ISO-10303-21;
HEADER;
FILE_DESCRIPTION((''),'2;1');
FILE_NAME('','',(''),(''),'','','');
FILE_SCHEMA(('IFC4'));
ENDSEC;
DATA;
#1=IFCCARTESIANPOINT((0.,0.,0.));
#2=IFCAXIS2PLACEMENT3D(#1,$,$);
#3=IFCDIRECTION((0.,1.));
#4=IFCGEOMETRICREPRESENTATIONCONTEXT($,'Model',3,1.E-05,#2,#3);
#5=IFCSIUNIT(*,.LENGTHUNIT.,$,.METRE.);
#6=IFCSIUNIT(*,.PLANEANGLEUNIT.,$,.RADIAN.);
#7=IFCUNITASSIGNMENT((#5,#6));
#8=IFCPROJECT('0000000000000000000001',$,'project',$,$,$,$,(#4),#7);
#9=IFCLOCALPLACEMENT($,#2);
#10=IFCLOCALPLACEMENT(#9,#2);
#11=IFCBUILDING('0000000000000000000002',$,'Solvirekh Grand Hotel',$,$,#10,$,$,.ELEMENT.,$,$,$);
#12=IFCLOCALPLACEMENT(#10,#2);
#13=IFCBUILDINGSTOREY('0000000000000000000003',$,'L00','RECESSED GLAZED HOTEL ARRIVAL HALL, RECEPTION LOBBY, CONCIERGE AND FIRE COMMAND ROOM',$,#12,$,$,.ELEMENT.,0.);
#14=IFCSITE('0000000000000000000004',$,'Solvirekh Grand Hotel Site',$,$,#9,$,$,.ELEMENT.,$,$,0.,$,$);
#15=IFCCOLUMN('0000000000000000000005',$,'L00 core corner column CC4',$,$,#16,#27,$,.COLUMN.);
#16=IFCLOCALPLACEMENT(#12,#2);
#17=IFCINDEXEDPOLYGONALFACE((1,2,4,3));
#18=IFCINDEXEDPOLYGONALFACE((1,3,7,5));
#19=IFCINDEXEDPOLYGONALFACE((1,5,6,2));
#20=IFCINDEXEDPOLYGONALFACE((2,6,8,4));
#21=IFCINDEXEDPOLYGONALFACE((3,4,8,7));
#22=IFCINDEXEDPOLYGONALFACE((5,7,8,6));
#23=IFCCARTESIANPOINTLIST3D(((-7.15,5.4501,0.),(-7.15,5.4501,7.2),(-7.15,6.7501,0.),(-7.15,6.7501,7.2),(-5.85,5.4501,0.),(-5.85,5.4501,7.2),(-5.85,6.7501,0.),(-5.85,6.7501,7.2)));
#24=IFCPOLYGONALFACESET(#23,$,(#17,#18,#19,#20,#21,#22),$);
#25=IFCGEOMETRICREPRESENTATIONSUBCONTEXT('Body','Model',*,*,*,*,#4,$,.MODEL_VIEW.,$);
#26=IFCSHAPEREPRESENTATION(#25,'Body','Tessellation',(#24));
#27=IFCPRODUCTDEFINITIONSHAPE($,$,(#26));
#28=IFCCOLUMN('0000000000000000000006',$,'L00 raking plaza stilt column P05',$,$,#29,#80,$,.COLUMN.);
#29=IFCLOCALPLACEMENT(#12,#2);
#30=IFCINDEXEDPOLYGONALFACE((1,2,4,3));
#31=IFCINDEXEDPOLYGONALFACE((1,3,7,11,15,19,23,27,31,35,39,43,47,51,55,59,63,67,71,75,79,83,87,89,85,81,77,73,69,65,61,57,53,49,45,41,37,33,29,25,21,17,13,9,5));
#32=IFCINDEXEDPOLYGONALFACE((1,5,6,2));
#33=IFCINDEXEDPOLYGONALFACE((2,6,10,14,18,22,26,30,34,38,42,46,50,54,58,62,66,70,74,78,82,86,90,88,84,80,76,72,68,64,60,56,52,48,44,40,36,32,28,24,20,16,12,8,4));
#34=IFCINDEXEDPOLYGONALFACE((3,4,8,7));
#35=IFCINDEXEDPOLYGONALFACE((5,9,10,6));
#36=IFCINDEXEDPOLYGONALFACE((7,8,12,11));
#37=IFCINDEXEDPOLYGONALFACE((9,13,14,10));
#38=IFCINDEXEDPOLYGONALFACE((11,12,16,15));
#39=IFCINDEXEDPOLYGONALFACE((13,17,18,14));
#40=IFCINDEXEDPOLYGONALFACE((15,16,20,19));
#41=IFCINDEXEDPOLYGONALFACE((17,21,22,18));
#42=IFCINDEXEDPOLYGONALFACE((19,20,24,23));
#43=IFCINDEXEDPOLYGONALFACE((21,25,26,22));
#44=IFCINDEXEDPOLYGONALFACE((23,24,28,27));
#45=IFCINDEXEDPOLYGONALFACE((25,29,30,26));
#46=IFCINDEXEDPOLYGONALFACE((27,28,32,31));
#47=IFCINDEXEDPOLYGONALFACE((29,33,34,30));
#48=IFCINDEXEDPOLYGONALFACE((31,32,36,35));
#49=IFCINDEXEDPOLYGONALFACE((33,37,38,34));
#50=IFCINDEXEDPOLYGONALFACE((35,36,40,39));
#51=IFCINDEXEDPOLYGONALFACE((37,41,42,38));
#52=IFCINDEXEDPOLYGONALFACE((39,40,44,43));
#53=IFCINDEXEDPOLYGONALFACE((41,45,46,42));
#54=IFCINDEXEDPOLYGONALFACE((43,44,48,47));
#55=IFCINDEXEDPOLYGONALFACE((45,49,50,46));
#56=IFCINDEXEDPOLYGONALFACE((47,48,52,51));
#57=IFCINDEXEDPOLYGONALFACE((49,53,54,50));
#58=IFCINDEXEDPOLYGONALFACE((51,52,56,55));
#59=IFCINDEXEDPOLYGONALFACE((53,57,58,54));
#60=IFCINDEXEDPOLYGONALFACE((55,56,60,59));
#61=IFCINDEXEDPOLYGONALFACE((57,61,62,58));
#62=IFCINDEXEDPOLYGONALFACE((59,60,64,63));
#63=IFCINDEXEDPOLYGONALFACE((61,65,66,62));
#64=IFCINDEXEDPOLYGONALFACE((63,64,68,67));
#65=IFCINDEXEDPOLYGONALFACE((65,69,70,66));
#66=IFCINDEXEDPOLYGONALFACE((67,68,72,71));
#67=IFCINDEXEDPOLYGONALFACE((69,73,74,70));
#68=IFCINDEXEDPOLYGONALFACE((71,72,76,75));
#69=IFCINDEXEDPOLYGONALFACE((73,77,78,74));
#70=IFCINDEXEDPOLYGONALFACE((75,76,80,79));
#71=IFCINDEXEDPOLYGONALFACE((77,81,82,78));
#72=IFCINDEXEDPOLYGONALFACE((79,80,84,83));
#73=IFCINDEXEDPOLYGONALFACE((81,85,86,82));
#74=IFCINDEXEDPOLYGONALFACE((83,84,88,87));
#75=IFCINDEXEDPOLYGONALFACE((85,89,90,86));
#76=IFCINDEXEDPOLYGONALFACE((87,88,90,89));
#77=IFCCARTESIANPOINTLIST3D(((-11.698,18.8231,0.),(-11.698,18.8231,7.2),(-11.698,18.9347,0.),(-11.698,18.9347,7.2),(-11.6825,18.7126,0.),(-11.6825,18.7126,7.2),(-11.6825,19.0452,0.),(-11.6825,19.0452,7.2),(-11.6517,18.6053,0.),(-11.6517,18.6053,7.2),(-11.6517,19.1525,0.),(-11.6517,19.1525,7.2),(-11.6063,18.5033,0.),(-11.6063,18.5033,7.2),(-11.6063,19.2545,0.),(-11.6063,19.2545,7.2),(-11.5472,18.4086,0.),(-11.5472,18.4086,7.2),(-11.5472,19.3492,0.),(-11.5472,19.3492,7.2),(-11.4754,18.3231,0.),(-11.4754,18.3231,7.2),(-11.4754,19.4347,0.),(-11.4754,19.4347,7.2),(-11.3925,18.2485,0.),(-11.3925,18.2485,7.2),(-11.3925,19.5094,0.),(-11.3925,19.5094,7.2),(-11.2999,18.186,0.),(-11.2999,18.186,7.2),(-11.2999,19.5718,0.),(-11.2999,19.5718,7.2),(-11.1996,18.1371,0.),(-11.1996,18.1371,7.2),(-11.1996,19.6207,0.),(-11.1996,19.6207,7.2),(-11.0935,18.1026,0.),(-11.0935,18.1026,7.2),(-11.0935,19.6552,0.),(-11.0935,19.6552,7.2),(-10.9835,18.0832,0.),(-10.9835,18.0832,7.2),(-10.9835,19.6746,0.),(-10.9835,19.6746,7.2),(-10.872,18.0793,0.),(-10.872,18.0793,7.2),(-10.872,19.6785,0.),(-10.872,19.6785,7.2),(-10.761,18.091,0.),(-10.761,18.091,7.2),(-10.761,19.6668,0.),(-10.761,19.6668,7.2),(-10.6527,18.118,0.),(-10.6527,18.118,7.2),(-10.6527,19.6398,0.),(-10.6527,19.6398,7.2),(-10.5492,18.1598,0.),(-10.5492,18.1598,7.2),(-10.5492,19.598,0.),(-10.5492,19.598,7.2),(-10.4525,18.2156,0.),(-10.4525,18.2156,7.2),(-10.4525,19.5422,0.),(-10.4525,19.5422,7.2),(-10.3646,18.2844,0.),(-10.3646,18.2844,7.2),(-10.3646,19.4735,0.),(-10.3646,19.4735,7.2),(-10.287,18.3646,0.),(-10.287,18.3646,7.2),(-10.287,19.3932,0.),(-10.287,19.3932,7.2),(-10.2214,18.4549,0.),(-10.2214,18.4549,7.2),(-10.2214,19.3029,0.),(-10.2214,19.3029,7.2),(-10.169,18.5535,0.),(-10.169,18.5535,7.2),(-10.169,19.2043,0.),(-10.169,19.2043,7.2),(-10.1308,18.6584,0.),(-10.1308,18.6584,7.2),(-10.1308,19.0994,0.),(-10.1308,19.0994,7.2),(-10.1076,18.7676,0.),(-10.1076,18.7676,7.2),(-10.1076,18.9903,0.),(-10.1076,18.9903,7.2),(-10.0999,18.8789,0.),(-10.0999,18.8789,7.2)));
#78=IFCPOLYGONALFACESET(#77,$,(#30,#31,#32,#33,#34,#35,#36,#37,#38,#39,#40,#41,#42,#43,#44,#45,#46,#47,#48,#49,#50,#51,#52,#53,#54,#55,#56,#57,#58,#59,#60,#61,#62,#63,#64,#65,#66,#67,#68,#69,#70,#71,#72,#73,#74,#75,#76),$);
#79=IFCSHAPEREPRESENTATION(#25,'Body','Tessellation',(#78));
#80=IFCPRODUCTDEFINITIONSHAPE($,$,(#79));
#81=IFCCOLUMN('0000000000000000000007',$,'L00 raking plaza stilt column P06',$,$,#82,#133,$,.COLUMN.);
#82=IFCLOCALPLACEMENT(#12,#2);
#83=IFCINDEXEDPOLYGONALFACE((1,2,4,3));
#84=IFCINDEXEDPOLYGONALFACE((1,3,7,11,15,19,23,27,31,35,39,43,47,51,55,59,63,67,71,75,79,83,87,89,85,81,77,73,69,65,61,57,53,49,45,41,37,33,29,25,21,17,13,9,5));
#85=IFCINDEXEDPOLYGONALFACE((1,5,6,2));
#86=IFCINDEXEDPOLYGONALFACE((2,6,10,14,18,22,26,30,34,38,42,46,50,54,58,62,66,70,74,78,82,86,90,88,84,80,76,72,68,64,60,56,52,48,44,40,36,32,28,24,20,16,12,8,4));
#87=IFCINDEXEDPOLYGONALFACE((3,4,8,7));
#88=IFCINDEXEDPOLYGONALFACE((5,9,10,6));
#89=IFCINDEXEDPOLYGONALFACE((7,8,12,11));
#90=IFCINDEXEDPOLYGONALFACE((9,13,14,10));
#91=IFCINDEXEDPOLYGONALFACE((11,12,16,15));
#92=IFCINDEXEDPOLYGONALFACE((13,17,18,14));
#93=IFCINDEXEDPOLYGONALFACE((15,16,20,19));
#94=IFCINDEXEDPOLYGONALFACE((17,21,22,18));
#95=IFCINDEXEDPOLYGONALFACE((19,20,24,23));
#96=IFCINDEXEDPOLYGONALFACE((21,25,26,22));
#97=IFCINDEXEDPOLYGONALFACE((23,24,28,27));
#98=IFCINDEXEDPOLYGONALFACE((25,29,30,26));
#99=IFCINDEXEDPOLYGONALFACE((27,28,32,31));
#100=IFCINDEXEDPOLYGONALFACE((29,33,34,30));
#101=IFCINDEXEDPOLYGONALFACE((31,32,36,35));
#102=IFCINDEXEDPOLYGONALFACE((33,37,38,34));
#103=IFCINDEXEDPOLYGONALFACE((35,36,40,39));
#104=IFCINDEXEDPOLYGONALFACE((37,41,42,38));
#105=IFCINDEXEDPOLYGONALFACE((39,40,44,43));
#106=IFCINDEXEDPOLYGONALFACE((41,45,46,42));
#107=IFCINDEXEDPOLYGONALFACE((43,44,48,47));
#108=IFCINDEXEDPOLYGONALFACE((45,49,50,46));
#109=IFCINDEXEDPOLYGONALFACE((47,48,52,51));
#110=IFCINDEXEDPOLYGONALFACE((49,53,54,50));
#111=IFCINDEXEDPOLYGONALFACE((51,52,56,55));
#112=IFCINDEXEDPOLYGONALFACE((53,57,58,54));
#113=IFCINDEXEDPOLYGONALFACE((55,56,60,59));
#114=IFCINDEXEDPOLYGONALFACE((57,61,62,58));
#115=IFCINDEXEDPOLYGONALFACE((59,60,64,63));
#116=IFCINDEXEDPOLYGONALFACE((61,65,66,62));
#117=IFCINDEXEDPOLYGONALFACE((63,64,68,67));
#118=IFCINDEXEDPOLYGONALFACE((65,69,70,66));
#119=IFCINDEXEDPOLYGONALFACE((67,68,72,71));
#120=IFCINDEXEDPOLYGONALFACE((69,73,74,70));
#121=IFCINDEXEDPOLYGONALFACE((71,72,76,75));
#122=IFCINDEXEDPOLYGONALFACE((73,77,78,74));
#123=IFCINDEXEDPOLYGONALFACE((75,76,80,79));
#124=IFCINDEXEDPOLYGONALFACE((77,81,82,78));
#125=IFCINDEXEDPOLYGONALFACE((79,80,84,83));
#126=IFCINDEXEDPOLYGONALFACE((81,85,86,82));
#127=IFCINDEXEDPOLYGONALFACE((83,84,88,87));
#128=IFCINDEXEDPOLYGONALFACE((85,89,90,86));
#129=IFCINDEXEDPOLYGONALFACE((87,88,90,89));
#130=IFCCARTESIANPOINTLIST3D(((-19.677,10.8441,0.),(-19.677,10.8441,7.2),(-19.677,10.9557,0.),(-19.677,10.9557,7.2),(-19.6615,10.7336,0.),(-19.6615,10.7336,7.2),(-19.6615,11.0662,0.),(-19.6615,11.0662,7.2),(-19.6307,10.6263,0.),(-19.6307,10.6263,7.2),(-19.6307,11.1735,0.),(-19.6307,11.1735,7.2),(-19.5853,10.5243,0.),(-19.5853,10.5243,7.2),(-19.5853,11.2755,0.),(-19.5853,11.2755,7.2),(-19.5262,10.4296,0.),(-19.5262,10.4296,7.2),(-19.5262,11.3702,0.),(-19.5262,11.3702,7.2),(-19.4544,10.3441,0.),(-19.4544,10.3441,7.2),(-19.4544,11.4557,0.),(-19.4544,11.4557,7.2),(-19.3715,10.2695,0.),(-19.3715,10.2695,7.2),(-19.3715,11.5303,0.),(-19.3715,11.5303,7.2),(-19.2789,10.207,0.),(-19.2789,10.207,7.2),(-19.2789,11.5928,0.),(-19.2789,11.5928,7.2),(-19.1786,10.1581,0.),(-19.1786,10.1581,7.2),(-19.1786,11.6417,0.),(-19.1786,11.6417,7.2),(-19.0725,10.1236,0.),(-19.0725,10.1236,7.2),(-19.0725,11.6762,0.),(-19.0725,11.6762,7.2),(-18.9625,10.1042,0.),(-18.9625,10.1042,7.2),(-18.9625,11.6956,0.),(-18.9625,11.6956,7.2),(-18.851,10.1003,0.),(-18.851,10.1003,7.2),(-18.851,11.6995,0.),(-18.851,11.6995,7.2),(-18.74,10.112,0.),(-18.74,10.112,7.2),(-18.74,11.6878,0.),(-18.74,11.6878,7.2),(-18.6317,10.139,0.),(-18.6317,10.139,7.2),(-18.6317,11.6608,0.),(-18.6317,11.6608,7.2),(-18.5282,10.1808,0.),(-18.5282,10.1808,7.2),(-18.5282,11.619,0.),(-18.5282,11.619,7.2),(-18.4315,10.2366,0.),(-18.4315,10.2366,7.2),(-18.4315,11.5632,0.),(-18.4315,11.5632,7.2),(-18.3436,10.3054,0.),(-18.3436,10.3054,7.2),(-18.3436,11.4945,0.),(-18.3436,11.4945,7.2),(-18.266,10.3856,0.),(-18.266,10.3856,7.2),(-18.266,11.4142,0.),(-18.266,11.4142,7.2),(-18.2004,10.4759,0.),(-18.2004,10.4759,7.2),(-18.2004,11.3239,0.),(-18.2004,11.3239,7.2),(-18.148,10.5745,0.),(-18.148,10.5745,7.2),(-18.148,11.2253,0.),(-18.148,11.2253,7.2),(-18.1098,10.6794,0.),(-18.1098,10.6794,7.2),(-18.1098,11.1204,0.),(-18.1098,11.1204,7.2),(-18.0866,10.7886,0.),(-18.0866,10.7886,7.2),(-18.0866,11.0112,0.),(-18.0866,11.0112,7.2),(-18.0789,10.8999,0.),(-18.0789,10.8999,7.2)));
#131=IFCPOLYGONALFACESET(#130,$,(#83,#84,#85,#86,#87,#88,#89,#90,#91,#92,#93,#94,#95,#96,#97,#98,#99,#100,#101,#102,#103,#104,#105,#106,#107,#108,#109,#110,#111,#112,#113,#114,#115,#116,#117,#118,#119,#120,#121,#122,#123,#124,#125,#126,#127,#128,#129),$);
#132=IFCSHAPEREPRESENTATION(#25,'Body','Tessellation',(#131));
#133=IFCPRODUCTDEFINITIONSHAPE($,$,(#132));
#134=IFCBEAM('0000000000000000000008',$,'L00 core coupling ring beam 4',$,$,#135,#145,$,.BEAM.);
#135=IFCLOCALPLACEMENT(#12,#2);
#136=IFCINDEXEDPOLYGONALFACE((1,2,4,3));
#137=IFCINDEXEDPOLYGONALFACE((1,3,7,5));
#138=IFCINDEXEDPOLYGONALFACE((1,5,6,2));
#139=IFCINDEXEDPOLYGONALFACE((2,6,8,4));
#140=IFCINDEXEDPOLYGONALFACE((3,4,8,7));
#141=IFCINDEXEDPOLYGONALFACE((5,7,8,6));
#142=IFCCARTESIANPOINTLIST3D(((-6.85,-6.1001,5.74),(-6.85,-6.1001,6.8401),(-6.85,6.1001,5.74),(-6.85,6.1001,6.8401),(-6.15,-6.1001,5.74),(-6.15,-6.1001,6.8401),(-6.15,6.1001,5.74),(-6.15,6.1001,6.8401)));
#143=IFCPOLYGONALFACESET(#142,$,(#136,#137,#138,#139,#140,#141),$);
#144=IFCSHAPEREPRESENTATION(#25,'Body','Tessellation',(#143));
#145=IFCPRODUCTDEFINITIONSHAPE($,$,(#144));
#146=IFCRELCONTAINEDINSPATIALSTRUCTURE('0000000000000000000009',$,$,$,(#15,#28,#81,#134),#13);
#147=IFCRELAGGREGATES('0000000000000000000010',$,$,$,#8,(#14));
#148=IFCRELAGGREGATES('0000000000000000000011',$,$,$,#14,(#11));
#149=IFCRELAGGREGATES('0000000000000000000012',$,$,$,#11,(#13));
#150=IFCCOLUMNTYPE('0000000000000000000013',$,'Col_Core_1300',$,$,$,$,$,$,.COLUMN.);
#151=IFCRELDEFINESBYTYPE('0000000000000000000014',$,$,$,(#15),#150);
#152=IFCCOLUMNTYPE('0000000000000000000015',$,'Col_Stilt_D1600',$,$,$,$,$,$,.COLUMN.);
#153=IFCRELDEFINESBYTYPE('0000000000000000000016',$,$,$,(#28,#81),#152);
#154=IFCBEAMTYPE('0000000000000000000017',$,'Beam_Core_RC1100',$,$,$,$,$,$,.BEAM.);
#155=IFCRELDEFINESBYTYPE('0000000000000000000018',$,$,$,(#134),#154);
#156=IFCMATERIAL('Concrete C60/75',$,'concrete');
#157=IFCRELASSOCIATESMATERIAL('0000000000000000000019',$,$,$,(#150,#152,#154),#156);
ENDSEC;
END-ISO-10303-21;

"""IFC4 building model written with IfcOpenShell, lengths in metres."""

from ifc_helpers import new_model, si_unit, direction, frame, origin, origin_2d, place, context, subcontext, project, spatial, rectangle, circle, extrude, material, material_profile, profile_set, type_object, element, save


model = new_model("IFC4")

# Units and contexts
model_context = context("Model", 3, precision=1e-05, world=origin(), true_north=direction((0.0, 1.0)))
body_context = subcontext(model_context, "Body", "Model", "MODEL_VIEW")
ifc_project = project(units=[si_unit("LENGTHUNIT", "METRE"), si_unit("PLANEANGLEUNIT", "RADIAN")], contexts=[model_context])

# Site, building, storey
site_placement = place(None, origin())
site = spatial("IfcSite", under=ifc_project, at=site_placement, Name="Solvirekh Grand Hotel Site", CompositionType="ELEMENT", RefElevation=0.0)
building_placement = place(site_placement, origin())
building = spatial("IfcBuilding", under=site, at=building_placement, Name="Solvirekh Grand Hotel", CompositionType="ELEMENT")
storey_placement = place(building_placement, origin())
storey = spatial("IfcBuildingStorey", under=building, at=storey_placement, Name="L00", Description="RECESSED GLAZED HOTEL ARRIVAL HALL, RECEPTION LOBBY, CONCIERGE AND FIRE COMMAND ROOM", CompositionType="ELEMENT", Elevation=0.0)

# Columns
ifc_material_1 = material(Name="Concrete C60/75", Category="concrete")
ifc_material_profile_1 = material_profile(ifc_material_1, rectangle(XDim=1.3, YDim=1.3, at=origin_2d()), Name="RC 1300X1300")
ifc_profile_set_1 = profile_set([ifc_material_profile_1], Name="Concrete C60/75")
column_type_1 = type_object("IfcColumnType", Name="Col_Core_1300", PredefinedType="COLUMN", material=ifc_profile_set_1)
column_placement = place(storey_placement, frame((-6.5, 6.1001, 0.0), z_axis=(0.0, 0.0, 1.0), x_axis=(1.0, 0.0, 0.0)))
element("IfcColumn", 1, at=column_placement, inside=storey, type_object=column_type_1, Name="L00 core corner column CC4", PredefinedType="COLUMN", context=body_context, shape_type="SweptSolid", body=[
    extrude(rectangle(XDim=1.3, YDim=1.3, at=origin_2d()), origin(), (0.0, 0.0, 1.0), 7.2),
])
ifc_material_profile_2 = material_profile(ifc_material_1, circle(Radius=0.8, at=origin_2d()), Name="RC CIRC D1600")
ifc_profile_set_2 = profile_set([ifc_material_profile_2], Name="Concrete C60/75")
column_type_2 = type_object("IfcColumnType", Name="Col_Stilt_D1600", PredefinedType="COLUMN", material=ifc_profile_set_2)
for number, where, z_axis, x_axis, name in (
    (2, (-10.8999, 18.8789, 0.0), (0.0, 0.0, 1.0), (1.0, 0.0, 0.0), "L00 raking plaza stilt column P05"),
    (3, (-18.8789, 10.8999, 0.0), (0.0, 0.0, 1.0), (1.0, 0.0, 0.0), "L00 raking plaza stilt column P06"),
):
    element("IfcColumn", number, at=place(storey_placement, frame(where, z_axis=z_axis, x_axis=x_axis)), inside=storey, type_object=column_type_2, Name=name, PredefinedType="COLUMN", context=body_context, shape_type="SweptSolid", body=[
        extrude(circle(Radius=0.8, at=origin_2d()), origin(), (0.0, 0.0, 1.0), 7.2),
    ])

# Beam
ifc_material_profile_3 = material_profile(ifc_material_1, rectangle(XDim=0.7, YDim=1.1001, at=origin_2d()), Name="RC BEAM 700X1100")
ifc_profile_set_3 = profile_set([ifc_material_profile_3], Name="Concrete C60/75")
beam_type_1 = type_object("IfcBeamType", Name="Beam_Core_RC1100", PredefinedType="BEAM", material=ifc_profile_set_3)
beam_1_placement = place(storey_placement, frame((-6.5, 6.1001, 6.29), z_axis=(0.0, -1.0, 0.0), x_axis=(1.0, 0.0, 0.0)))
element("IfcBeam", 4, at=beam_1_placement, inside=storey, type_object=beam_type_1, Name="L00 core coupling ring beam 4", PredefinedType="BEAM", context=body_context, shape_type="SweptSolid", body=[
    extrude(rectangle(XDim=0.7, YDim=1.1001, at=origin_2d()), origin(), (0.0, 0.0, 1.0), 12.2002),
])

save(model, "model.ifc")
